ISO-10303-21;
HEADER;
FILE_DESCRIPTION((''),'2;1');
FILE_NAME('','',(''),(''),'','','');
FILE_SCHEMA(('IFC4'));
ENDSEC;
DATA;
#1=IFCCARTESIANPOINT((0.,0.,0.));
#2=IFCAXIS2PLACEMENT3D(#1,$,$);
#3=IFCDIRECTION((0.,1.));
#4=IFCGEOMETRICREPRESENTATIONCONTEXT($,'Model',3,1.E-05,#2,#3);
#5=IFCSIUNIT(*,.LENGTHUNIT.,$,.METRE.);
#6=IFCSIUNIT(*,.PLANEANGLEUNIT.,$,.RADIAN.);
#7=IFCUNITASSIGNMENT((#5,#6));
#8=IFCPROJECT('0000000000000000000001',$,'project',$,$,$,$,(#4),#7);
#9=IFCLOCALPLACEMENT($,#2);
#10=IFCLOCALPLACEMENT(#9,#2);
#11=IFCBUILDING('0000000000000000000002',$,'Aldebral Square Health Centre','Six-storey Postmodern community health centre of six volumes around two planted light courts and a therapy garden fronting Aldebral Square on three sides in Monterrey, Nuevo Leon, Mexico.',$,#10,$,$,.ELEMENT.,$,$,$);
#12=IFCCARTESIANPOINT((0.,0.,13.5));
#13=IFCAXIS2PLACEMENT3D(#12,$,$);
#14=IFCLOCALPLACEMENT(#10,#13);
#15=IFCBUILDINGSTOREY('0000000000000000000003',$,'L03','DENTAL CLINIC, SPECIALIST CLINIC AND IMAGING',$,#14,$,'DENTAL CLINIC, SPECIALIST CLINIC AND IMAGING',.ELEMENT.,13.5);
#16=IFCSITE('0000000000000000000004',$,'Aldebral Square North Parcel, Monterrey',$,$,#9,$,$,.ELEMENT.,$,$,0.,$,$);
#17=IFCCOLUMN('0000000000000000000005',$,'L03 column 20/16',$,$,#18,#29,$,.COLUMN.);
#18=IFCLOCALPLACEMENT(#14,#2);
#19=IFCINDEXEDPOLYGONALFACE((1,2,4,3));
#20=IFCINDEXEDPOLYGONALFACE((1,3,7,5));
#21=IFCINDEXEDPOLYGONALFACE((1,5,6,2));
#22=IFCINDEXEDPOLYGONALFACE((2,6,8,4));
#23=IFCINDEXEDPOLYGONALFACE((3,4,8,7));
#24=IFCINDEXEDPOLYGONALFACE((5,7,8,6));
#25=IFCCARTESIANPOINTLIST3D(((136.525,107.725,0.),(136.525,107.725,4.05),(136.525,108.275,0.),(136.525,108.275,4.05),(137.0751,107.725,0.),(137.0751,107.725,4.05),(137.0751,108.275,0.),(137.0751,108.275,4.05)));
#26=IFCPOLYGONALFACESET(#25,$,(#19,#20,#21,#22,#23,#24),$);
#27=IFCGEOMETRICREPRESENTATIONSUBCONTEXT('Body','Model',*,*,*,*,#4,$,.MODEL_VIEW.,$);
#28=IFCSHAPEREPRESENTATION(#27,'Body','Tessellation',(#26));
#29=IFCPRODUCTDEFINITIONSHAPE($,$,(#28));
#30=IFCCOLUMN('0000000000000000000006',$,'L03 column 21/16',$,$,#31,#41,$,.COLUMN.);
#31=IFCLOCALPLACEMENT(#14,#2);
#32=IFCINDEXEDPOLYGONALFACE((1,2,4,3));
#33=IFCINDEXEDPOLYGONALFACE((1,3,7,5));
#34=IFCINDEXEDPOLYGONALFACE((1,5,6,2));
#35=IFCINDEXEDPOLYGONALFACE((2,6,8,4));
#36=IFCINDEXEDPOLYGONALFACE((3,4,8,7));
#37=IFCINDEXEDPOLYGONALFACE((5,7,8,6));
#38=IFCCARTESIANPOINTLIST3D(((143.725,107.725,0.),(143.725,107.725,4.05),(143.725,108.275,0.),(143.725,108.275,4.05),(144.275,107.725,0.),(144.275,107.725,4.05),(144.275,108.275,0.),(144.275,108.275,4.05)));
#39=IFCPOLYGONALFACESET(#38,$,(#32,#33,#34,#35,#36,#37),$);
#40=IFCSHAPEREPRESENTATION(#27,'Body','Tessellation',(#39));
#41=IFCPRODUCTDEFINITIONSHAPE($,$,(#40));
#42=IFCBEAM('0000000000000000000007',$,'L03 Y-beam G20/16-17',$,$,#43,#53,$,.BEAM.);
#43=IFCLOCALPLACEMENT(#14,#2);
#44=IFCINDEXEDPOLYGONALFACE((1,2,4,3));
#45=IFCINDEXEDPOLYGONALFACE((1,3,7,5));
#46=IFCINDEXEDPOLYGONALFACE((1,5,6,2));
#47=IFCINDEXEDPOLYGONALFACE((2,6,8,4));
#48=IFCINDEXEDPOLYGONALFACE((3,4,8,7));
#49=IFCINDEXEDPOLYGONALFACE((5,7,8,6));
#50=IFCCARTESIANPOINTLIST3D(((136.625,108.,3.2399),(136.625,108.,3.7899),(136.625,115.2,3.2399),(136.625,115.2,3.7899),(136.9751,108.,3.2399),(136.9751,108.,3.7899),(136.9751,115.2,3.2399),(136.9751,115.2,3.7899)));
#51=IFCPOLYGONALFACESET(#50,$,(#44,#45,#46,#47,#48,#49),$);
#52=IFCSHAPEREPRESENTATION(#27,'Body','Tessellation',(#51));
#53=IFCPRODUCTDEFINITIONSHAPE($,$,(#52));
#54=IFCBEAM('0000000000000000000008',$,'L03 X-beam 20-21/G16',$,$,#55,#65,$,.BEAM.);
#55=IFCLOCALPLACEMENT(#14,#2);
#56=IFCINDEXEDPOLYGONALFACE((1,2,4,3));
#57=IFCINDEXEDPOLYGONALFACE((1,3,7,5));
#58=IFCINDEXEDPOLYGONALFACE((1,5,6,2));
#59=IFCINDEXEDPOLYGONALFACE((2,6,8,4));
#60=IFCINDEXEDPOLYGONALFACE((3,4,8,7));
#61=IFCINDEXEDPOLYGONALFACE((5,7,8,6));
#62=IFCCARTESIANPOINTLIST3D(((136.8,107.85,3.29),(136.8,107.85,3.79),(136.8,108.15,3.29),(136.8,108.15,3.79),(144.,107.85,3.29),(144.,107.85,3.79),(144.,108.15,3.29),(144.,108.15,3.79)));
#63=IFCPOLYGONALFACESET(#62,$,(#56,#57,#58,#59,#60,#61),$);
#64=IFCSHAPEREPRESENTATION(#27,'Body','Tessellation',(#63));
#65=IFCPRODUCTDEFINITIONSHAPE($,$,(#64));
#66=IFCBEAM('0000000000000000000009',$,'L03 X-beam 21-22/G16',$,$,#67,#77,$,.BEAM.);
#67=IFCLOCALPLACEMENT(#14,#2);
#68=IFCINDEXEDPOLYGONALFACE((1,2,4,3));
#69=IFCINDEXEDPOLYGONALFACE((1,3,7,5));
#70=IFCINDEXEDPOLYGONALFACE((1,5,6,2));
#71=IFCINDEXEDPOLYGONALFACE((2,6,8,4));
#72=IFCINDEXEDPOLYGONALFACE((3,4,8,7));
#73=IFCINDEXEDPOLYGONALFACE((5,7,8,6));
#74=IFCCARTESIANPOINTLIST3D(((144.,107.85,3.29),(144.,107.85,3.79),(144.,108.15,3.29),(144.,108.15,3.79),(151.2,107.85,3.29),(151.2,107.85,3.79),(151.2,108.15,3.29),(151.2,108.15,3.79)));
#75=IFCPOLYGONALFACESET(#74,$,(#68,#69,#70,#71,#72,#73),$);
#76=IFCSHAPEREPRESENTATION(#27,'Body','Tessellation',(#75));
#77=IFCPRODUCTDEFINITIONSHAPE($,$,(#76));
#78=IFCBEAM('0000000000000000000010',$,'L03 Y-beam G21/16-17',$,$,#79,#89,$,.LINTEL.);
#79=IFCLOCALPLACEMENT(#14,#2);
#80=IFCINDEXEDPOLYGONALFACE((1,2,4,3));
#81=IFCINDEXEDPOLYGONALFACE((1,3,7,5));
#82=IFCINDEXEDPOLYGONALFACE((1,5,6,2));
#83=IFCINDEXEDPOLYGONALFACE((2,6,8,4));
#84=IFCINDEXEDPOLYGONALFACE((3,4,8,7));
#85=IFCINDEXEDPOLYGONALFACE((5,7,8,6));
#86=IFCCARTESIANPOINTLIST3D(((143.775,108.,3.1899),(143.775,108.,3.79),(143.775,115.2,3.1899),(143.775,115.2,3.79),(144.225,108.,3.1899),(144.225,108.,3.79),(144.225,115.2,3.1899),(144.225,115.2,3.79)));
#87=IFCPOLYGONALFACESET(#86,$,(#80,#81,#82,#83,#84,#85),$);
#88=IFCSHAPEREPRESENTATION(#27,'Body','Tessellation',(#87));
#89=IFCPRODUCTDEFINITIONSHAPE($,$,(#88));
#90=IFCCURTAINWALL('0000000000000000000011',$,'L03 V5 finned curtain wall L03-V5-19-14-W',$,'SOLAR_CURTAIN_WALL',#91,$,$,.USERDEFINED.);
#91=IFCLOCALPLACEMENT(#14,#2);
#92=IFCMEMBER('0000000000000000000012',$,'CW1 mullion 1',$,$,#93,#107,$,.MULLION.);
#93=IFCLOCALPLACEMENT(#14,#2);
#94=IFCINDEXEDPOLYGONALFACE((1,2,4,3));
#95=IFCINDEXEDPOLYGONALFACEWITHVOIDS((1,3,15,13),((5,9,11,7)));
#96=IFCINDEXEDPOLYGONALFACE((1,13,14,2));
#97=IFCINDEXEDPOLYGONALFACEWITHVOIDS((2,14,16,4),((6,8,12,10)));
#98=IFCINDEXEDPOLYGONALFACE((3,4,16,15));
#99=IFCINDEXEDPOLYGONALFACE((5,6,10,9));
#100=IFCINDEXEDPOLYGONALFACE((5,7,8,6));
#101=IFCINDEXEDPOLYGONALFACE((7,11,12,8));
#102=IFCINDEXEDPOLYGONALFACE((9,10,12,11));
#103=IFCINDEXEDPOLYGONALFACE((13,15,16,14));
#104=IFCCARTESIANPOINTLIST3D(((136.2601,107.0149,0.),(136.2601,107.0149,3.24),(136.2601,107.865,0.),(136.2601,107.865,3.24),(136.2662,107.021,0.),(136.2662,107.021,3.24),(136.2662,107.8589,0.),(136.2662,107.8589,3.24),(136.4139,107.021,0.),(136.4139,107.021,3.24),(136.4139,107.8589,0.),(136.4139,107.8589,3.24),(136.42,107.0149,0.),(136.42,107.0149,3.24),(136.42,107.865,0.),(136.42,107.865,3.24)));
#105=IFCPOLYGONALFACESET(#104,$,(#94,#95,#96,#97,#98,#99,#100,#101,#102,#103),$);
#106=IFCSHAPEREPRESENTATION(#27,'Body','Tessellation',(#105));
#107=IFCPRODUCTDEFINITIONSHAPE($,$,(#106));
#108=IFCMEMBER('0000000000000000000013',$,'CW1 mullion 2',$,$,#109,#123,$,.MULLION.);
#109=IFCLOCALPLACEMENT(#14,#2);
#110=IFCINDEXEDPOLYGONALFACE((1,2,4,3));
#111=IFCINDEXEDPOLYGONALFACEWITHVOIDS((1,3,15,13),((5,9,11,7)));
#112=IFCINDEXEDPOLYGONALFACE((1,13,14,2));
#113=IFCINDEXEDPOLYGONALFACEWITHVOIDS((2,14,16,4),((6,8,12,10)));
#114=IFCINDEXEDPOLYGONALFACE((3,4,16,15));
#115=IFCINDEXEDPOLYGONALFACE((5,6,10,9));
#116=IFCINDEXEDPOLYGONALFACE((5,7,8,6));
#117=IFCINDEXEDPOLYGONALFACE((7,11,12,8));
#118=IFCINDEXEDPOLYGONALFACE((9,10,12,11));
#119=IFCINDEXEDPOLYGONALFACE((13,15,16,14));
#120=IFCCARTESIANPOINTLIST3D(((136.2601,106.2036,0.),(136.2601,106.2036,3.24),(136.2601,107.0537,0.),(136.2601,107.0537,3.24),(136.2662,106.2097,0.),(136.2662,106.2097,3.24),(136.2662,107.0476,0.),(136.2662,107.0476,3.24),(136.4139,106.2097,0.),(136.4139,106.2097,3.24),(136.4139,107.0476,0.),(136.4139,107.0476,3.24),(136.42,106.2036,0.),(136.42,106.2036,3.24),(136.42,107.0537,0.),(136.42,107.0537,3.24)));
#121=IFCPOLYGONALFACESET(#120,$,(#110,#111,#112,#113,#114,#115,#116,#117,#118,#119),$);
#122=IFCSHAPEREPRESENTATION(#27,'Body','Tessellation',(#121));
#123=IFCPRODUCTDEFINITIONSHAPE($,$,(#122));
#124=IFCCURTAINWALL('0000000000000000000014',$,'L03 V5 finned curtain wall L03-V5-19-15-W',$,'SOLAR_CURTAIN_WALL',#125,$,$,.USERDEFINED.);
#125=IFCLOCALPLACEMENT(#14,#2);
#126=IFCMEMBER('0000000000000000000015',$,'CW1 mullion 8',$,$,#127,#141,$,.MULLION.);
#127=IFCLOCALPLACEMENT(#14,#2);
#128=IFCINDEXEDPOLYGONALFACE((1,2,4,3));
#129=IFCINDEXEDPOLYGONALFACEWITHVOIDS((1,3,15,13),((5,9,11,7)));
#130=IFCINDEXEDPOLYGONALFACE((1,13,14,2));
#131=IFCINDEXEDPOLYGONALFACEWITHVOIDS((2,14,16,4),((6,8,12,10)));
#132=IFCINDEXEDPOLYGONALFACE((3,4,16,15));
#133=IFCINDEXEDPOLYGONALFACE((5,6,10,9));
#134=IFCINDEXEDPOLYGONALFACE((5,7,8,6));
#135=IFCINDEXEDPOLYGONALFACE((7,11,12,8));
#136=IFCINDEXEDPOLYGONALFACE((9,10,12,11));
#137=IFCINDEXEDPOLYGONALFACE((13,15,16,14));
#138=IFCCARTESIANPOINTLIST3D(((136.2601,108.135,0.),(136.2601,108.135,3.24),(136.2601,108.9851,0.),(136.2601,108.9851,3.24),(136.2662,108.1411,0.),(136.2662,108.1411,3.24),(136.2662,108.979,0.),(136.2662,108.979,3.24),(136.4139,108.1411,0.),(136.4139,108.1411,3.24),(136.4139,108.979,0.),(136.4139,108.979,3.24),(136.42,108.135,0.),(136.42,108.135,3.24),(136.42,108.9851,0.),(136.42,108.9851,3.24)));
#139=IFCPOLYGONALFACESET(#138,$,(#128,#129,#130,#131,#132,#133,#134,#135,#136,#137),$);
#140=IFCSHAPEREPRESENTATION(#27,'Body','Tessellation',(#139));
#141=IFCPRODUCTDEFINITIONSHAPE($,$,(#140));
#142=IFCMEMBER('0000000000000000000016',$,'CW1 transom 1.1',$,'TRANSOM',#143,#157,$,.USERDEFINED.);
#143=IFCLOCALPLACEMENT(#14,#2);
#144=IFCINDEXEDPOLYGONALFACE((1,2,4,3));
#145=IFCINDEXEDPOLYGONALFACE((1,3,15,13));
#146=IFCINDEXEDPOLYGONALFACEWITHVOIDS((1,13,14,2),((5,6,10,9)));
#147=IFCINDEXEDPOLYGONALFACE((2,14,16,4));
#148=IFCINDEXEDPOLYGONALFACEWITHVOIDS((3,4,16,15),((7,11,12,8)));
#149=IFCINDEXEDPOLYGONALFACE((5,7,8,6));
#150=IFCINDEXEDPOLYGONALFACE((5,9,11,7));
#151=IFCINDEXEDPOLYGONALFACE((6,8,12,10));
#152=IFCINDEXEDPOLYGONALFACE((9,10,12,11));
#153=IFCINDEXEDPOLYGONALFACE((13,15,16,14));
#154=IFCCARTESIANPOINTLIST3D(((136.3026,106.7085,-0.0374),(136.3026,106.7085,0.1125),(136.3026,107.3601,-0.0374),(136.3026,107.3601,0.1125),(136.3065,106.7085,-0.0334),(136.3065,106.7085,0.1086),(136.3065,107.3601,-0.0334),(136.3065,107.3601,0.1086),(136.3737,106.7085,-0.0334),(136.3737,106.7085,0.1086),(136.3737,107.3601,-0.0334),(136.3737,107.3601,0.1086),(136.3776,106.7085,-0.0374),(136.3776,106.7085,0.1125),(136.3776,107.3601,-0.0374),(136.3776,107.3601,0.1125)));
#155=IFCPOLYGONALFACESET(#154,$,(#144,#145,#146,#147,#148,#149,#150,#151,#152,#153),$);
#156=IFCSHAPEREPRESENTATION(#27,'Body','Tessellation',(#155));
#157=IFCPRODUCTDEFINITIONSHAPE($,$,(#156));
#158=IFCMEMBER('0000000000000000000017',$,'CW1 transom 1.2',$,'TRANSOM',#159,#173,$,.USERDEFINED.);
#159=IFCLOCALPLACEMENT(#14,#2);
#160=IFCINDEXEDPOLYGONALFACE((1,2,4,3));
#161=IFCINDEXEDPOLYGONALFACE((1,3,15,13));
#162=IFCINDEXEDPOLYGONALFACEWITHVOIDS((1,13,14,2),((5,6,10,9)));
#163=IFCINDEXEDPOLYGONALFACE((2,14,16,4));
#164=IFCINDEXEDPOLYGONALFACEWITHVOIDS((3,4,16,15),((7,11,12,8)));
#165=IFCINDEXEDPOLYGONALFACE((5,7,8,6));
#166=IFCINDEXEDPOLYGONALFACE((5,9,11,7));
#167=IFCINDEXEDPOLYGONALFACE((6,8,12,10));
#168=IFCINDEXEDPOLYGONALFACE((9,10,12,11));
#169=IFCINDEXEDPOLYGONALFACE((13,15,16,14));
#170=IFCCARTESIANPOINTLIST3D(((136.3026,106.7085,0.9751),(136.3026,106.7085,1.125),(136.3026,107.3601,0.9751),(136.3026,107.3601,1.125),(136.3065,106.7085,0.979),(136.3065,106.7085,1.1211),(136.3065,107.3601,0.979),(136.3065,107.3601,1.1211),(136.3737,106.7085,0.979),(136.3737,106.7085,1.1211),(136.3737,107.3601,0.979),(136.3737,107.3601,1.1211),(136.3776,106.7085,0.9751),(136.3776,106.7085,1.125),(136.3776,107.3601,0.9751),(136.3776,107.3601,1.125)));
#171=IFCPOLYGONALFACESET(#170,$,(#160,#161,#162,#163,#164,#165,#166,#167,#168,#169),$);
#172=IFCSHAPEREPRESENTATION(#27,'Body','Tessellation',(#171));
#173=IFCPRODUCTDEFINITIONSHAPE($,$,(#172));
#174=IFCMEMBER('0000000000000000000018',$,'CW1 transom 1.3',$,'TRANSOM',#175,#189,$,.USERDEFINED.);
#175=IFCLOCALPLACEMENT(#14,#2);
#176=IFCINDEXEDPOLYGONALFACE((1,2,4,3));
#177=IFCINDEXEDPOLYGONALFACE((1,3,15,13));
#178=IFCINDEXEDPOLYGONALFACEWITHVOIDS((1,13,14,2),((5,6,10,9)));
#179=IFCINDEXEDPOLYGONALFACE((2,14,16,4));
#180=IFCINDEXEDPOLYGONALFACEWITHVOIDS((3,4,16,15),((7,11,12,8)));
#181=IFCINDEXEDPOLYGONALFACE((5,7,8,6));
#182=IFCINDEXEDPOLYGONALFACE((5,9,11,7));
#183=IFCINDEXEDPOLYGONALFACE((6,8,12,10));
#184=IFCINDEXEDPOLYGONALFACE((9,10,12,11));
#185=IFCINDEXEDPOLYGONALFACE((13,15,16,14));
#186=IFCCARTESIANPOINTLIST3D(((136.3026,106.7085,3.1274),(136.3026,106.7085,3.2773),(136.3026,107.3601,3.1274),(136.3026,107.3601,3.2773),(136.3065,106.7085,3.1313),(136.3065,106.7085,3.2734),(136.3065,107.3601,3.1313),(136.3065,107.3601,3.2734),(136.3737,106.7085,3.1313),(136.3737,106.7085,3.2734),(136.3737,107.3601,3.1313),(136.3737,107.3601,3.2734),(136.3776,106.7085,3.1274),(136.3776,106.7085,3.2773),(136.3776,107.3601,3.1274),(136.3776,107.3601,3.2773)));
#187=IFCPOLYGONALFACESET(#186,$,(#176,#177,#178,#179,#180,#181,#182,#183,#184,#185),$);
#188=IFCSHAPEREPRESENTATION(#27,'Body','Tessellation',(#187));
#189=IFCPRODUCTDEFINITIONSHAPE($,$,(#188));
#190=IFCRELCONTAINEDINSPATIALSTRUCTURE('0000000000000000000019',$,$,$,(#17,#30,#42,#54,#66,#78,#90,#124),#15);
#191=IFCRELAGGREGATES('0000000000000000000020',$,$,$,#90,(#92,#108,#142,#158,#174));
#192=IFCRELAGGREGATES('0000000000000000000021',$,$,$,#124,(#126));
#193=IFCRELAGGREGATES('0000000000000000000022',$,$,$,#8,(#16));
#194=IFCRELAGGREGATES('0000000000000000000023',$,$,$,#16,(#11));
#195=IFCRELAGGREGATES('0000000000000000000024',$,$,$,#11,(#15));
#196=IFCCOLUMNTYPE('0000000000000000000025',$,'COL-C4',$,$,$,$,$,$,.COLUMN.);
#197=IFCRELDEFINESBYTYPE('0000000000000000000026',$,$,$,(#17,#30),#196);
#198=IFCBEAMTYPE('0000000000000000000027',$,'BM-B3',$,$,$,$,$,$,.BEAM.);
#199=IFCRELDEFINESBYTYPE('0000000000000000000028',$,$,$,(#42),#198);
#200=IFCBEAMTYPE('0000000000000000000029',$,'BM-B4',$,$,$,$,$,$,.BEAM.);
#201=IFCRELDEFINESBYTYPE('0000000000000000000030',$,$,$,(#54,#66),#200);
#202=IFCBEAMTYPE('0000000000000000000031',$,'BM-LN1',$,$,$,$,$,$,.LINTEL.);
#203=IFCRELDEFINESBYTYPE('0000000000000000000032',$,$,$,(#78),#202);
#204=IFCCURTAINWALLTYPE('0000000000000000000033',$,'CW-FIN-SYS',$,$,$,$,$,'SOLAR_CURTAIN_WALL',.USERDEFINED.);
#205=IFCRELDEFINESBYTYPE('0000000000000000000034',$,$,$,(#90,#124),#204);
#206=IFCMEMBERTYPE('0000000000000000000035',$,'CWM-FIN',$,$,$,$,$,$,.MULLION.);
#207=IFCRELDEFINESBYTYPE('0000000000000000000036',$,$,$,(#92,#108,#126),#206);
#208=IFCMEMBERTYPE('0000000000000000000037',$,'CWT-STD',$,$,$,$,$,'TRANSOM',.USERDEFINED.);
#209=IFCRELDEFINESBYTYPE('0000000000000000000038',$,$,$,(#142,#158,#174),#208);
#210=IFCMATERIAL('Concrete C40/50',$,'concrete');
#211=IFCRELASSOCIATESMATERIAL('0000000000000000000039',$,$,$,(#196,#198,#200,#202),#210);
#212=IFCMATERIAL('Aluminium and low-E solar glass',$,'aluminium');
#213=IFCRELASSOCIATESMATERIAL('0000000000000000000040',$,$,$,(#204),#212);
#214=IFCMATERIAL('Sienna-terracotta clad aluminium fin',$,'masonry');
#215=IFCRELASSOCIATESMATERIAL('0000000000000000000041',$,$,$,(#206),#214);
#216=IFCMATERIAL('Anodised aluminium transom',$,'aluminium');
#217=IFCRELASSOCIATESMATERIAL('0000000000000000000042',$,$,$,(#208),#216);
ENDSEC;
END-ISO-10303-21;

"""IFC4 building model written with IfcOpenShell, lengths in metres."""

from ifc_helpers import new_model, si_unit, direction, frame, origin, origin_2d, place, context, subcontext, project, spatial, rectangle, hollow_rectangle, extrude, material, material_profile, profile_set, type_object, element, aggregate, save


model = new_model("IFC4")

# Units and contexts
model_context = context("Model", 3, precision=1e-05, world=origin(), true_north=direction((0.0, 1.0)))
body_context = subcontext(model_context, "Body", "Model", "MODEL_VIEW")
ifc_project = project(units=[si_unit("LENGTHUNIT", "METRE"), si_unit("PLANEANGLEUNIT", "RADIAN")], contexts=[model_context])

# Site, building, storey
site_placement = place(None, origin())
site = spatial("IfcSite", under=ifc_project, at=site_placement, Name="Aldebral Square North Parcel, Monterrey", CompositionType="ELEMENT", RefElevation=0.0)
building_placement = place(site_placement, origin())
building = spatial("IfcBuilding", under=site, at=building_placement, Name="Aldebral Square Health Centre", Description="Six-storey Postmodern community health centre of six volumes around two planted light courts and a therapy garden fronting Aldebral Square on three sides in Monterrey, Nuevo Leon, Mexico.", CompositionType="ELEMENT")
storey_placement = place(building_placement, frame((0.0, 0.0, 13.5)))
storey = spatial("IfcBuildingStorey", under=building, at=storey_placement, Name="L03", Description="DENTAL CLINIC, SPECIALIST CLINIC AND IMAGING", LongName="DENTAL CLINIC, SPECIALIST CLINIC AND IMAGING", CompositionType="ELEMENT", Elevation=13.5)

# Columns
ifc_material_1 = material(Name="Concrete C40/50", Category="concrete")
ifc_material_profile_1 = material_profile(ifc_material_1, rectangle(XDim=0.55, YDim=0.55, at=origin_2d()), Name="RC 550x550")
ifc_profile_set_1 = profile_set([ifc_material_profile_1], Name="Concrete C40/50")
column_type = type_object("IfcColumnType", Name="COL-C4", PredefinedType="COLUMN", material=ifc_profile_set_1)
for number, where, z_axis, x_axis, name in (
    (1, (136.8, 108.0, 0.0), (0.0, 0.0, 1.0), (1.0, 0.0, 0.0), "L03 column 20/16"),
    (2, (144.0, 108.0, 0.0), (0.0, 0.0, 1.0), (1.0, 0.0, 0.0), "L03 column 21/16"),
):
    element("IfcColumn", number, at=place(storey_placement, frame(where, z_axis=z_axis, x_axis=x_axis)), inside=storey, type_object=column_type, Name=name, PredefinedType="COLUMN", context=body_context, shape_type="SweptSolid", body=[
        extrude(rectangle(XDim=0.55, YDim=0.55, at=origin_2d()), origin(), (0.0, 0.0, 1.0), 4.05),
    ])

# Beams
ifc_material_profile_2 = material_profile(ifc_material_1, rectangle(XDim=0.3501, YDim=0.55, at=origin_2d()), Name="RC 350x550")
ifc_profile_set_2 = profile_set([ifc_material_profile_2], Name="Concrete C40/50")
beam_type_1 = type_object("IfcBeamType", Name="BM-B3", PredefinedType="BEAM", material=ifc_profile_set_2)
beam_1_placement = place(storey_placement, frame((136.8, 108.0, 3.5149), z_axis=(0.0, 1.0, 0.0), x_axis=(-1.0, 0.0, 0.0)))
element("IfcBeam", 3, at=beam_1_placement, inside=storey, type_object=beam_type_1, Name="L03 Y-beam G20/16-17", PredefinedType="BEAM", context=body_context, shape_type="SweptSolid", body=[
    extrude(rectangle(XDim=0.3501, YDim=0.55, at=origin_2d()), origin(), (0.0, 0.0, 1.0), 7.2),
])
ifc_material_profile_3 = material_profile(ifc_material_1, rectangle(XDim=0.3, YDim=0.5, at=origin_2d()), Name="RC 300x500")
ifc_profile_set_3 = profile_set([ifc_material_profile_3], Name="Concrete C40/50")
beam_type_2 = type_object("IfcBeamType", Name="BM-B4", PredefinedType="BEAM", material=ifc_profile_set_3)
for number, where, z_axis, x_axis, name in (
    (4, (136.8, 108.0, 3.54), (1.0, 0.0, 0.0), (0.0, 1.0, 0.0), "L03 X-beam 20-21/G16"),
    (5, (144.0, 108.0, 3.54), (1.0, 0.0, 0.0), (0.0, 1.0, 0.0), "L03 X-beam 21-22/G16"),
):
    element("IfcBeam", number, at=place(storey_placement, frame(where, z_axis=z_axis, x_axis=x_axis)), inside=storey, type_object=beam_type_2, Name=name, PredefinedType="BEAM", context=body_context, shape_type="SweptSolid", body=[
        extrude(rectangle(XDim=0.3, YDim=0.5, at=origin_2d()), origin(), (0.0, 0.0, 1.0), 7.2),
    ])
ifc_material_profile_4 = material_profile(ifc_material_1, rectangle(XDim=0.45, YDim=0.6001, at=origin_2d()), Name="RC 450x600")
ifc_profile_set_4 = profile_set([ifc_material_profile_4], Name="Concrete C40/50")
beam_type_3 = type_object("IfcBeamType", Name="BM-LN1", PredefinedType="LINTEL", material=ifc_profile_set_4)
beam_2_placement = place(storey_placement, frame((144.0, 108.0, 3.49), z_axis=(0.0, 1.0, 0.0), x_axis=(-1.0, 0.0, 0.0)))
element("IfcBeam", 6, at=beam_2_placement, inside=storey, type_object=beam_type_3, Name="L03 Y-beam G21/16-17", PredefinedType="LINTEL", context=body_context, shape_type="SweptSolid", body=[
    extrude(rectangle(XDim=0.45, YDim=0.6001, at=origin_2d()), origin(), (0.0, 0.0, 1.0), 7.2),
])

# Curtain wall, members
ifc_material_2 = material(Name="Aluminium and low-E solar glass", Category="aluminium")
curtain_wall_type = type_object("IfcCurtainWallType", Name="CW-FIN-SYS", ElementType="SOLAR_CURTAIN_WALL", PredefinedType="USERDEFINED", material=ifc_material_2)
curtain_wall_1_placement = place(storey_placement, origin())
curtain_wall_1 = element("IfcCurtainWall", 7, at=curtain_wall_1_placement, inside=storey, type_object=curtain_wall_type, Name="L03 V5 finned curtain wall L03-V5-19-14-W", ObjectType="SOLAR_CURTAIN_WALL", PredefinedType="USERDEFINED")
ifc_material_3 = material(Name="Sienna-terracotta clad aluminium fin", Category="masonry")
ifc_material_profile_5 = material_profile(ifc_material_3, hollow_rectangle(XDim=0.1599, YDim=0.8501, WallThickness=0.0061, at=origin_2d()), Name="FIN 160x850x6")
ifc_profile_set_5 = profile_set([ifc_material_profile_5], Name="Sienna-terracotta clad aluminium fin")
member_type_1 = type_object("IfcMemberType", Name="CWM-FIN", PredefinedType="MULLION", material=ifc_profile_set_5)
member_1_placement = place(storey_placement, frame((136.3401, 107.4399, 0.0), z_axis=(0.0, 0.0, 1.0), x_axis=(1.0, 0.0, 0.0)))
member_1 = element("IfcMember", 8, at=member_1_placement, type_object=member_type_1, Name="CW1 mullion 1", PredefinedType="MULLION", context=body_context, shape_type="SweptSolid", body=[
    extrude(hollow_rectangle(XDim=0.1599, YDim=0.8501, WallThickness=0.0061, at=origin_2d()), origin(), (0.0, 0.0, 1.0), 3.24),
])
member_2_placement = place(storey_placement, frame((136.3401, 106.6287, 0.0), z_axis=(0.0, 0.0, 1.0), x_axis=(1.0, 0.0, 0.0)))
member_2 = element("IfcMember", 9, at=member_2_placement, type_object=member_type_1, Name="CW1 mullion 2", PredefinedType="MULLION", context=body_context, shape_type="SweptSolid", body=[
    extrude(hollow_rectangle(XDim=0.1599, YDim=0.8501, WallThickness=0.0061, at=origin_2d()), origin(), (0.0, 0.0, 1.0), 3.24),
])

# Curtain wall, member
curtain_wall_2_placement = place(storey_placement, origin())
curtain_wall_2 = element("IfcCurtainWall", 10, at=curtain_wall_2_placement, inside=storey, type_object=curtain_wall_type, Name="L03 V5 finned curtain wall L03-V5-19-15-W", ObjectType="SOLAR_CURTAIN_WALL", PredefinedType="USERDEFINED")
member_3_placement = place(storey_placement, frame((136.3401, 108.5601, 0.0), z_axis=(0.0, 0.0, 1.0), x_axis=(1.0, 0.0, 0.0)))
member_3 = element("IfcMember", 11, at=member_3_placement, type_object=member_type_1, Name="CW1 mullion 8", PredefinedType="MULLION", context=body_context, shape_type="SweptSolid", body=[
    extrude(hollow_rectangle(XDim=0.1599, YDim=0.8501, WallThickness=0.0061, at=origin_2d()), origin(), (0.0, 0.0, 1.0), 3.24),
])

# Members
ifc_material_4 = material(Name="Anodised aluminium transom", Category="aluminium")
ifc_material_profile_6 = material_profile(ifc_material_4, hollow_rectangle(XDim=0.075, YDim=0.1499, WallThickness=0.0039, at=origin_2d()), Name="CWT 75x150x4")
ifc_profile_set_6 = profile_set([ifc_material_profile_6], Name="Anodised aluminium transom")
member_type_2 = type_object("IfcMemberType", Name="CWT-STD", ElementType="TRANSOM", PredefinedType="USERDEFINED", material=ifc_profile_set_6)
member_4_placement = place(storey_placement, frame((136.3401, 107.3601, 0.0376), z_axis=(0.0, -1.0, 0.0), x_axis=(1.0, 0.0, 0.0)))
member_4 = element("IfcMember", 12, at=member_4_placement, type_object=member_type_2, Name="CW1 transom 1.1", ObjectType="TRANSOM", PredefinedType="USERDEFINED", context=body_context, shape_type="SweptSolid", body=[
    extrude(hollow_rectangle(XDim=0.075, YDim=0.1499, WallThickness=0.0039, at=origin_2d()), origin(), (0.0, 0.0, 1.0), 0.6516),
])
member_5_placement = place(storey_placement, frame((136.3401, 107.3601, 1.05), z_axis=(0.0, -1.0, 0.0), x_axis=(1.0, 0.0, 0.0)))
member_5 = element("IfcMember", 13, at=member_5_placement, type_object=member_type_2, Name="CW1 transom 1.2", ObjectType="TRANSOM", PredefinedType="USERDEFINED", context=body_context, shape_type="SweptSolid", body=[
    extrude(hollow_rectangle(XDim=0.075, YDim=0.1499, WallThickness=0.0039, at=origin_2d()), origin(), (0.0, 0.0, 1.0), 0.6516),
])
member_6_placement = place(storey_placement, frame((136.3401, 107.3601, 3.2024), z_axis=(0.0, -1.0, 0.0), x_axis=(1.0, 0.0, 0.0)))
member_6 = element("IfcMember", 14, at=member_6_placement, type_object=member_type_2, Name="CW1 transom 1.3", ObjectType="TRANSOM", PredefinedType="USERDEFINED", context=body_context, shape_type="SweptSolid", body=[
    extrude(hollow_rectangle(XDim=0.075, YDim=0.1499, WallThickness=0.0039, at=origin_2d()), origin(), (0.0, 0.0, 1.0), 0.6516),
])

aggregate(curtain_wall_1, [member_1, member_2, member_4, member_5, member_6])
aggregate(curtain_wall_2, [member_3])

save(model, "model.ifc")
